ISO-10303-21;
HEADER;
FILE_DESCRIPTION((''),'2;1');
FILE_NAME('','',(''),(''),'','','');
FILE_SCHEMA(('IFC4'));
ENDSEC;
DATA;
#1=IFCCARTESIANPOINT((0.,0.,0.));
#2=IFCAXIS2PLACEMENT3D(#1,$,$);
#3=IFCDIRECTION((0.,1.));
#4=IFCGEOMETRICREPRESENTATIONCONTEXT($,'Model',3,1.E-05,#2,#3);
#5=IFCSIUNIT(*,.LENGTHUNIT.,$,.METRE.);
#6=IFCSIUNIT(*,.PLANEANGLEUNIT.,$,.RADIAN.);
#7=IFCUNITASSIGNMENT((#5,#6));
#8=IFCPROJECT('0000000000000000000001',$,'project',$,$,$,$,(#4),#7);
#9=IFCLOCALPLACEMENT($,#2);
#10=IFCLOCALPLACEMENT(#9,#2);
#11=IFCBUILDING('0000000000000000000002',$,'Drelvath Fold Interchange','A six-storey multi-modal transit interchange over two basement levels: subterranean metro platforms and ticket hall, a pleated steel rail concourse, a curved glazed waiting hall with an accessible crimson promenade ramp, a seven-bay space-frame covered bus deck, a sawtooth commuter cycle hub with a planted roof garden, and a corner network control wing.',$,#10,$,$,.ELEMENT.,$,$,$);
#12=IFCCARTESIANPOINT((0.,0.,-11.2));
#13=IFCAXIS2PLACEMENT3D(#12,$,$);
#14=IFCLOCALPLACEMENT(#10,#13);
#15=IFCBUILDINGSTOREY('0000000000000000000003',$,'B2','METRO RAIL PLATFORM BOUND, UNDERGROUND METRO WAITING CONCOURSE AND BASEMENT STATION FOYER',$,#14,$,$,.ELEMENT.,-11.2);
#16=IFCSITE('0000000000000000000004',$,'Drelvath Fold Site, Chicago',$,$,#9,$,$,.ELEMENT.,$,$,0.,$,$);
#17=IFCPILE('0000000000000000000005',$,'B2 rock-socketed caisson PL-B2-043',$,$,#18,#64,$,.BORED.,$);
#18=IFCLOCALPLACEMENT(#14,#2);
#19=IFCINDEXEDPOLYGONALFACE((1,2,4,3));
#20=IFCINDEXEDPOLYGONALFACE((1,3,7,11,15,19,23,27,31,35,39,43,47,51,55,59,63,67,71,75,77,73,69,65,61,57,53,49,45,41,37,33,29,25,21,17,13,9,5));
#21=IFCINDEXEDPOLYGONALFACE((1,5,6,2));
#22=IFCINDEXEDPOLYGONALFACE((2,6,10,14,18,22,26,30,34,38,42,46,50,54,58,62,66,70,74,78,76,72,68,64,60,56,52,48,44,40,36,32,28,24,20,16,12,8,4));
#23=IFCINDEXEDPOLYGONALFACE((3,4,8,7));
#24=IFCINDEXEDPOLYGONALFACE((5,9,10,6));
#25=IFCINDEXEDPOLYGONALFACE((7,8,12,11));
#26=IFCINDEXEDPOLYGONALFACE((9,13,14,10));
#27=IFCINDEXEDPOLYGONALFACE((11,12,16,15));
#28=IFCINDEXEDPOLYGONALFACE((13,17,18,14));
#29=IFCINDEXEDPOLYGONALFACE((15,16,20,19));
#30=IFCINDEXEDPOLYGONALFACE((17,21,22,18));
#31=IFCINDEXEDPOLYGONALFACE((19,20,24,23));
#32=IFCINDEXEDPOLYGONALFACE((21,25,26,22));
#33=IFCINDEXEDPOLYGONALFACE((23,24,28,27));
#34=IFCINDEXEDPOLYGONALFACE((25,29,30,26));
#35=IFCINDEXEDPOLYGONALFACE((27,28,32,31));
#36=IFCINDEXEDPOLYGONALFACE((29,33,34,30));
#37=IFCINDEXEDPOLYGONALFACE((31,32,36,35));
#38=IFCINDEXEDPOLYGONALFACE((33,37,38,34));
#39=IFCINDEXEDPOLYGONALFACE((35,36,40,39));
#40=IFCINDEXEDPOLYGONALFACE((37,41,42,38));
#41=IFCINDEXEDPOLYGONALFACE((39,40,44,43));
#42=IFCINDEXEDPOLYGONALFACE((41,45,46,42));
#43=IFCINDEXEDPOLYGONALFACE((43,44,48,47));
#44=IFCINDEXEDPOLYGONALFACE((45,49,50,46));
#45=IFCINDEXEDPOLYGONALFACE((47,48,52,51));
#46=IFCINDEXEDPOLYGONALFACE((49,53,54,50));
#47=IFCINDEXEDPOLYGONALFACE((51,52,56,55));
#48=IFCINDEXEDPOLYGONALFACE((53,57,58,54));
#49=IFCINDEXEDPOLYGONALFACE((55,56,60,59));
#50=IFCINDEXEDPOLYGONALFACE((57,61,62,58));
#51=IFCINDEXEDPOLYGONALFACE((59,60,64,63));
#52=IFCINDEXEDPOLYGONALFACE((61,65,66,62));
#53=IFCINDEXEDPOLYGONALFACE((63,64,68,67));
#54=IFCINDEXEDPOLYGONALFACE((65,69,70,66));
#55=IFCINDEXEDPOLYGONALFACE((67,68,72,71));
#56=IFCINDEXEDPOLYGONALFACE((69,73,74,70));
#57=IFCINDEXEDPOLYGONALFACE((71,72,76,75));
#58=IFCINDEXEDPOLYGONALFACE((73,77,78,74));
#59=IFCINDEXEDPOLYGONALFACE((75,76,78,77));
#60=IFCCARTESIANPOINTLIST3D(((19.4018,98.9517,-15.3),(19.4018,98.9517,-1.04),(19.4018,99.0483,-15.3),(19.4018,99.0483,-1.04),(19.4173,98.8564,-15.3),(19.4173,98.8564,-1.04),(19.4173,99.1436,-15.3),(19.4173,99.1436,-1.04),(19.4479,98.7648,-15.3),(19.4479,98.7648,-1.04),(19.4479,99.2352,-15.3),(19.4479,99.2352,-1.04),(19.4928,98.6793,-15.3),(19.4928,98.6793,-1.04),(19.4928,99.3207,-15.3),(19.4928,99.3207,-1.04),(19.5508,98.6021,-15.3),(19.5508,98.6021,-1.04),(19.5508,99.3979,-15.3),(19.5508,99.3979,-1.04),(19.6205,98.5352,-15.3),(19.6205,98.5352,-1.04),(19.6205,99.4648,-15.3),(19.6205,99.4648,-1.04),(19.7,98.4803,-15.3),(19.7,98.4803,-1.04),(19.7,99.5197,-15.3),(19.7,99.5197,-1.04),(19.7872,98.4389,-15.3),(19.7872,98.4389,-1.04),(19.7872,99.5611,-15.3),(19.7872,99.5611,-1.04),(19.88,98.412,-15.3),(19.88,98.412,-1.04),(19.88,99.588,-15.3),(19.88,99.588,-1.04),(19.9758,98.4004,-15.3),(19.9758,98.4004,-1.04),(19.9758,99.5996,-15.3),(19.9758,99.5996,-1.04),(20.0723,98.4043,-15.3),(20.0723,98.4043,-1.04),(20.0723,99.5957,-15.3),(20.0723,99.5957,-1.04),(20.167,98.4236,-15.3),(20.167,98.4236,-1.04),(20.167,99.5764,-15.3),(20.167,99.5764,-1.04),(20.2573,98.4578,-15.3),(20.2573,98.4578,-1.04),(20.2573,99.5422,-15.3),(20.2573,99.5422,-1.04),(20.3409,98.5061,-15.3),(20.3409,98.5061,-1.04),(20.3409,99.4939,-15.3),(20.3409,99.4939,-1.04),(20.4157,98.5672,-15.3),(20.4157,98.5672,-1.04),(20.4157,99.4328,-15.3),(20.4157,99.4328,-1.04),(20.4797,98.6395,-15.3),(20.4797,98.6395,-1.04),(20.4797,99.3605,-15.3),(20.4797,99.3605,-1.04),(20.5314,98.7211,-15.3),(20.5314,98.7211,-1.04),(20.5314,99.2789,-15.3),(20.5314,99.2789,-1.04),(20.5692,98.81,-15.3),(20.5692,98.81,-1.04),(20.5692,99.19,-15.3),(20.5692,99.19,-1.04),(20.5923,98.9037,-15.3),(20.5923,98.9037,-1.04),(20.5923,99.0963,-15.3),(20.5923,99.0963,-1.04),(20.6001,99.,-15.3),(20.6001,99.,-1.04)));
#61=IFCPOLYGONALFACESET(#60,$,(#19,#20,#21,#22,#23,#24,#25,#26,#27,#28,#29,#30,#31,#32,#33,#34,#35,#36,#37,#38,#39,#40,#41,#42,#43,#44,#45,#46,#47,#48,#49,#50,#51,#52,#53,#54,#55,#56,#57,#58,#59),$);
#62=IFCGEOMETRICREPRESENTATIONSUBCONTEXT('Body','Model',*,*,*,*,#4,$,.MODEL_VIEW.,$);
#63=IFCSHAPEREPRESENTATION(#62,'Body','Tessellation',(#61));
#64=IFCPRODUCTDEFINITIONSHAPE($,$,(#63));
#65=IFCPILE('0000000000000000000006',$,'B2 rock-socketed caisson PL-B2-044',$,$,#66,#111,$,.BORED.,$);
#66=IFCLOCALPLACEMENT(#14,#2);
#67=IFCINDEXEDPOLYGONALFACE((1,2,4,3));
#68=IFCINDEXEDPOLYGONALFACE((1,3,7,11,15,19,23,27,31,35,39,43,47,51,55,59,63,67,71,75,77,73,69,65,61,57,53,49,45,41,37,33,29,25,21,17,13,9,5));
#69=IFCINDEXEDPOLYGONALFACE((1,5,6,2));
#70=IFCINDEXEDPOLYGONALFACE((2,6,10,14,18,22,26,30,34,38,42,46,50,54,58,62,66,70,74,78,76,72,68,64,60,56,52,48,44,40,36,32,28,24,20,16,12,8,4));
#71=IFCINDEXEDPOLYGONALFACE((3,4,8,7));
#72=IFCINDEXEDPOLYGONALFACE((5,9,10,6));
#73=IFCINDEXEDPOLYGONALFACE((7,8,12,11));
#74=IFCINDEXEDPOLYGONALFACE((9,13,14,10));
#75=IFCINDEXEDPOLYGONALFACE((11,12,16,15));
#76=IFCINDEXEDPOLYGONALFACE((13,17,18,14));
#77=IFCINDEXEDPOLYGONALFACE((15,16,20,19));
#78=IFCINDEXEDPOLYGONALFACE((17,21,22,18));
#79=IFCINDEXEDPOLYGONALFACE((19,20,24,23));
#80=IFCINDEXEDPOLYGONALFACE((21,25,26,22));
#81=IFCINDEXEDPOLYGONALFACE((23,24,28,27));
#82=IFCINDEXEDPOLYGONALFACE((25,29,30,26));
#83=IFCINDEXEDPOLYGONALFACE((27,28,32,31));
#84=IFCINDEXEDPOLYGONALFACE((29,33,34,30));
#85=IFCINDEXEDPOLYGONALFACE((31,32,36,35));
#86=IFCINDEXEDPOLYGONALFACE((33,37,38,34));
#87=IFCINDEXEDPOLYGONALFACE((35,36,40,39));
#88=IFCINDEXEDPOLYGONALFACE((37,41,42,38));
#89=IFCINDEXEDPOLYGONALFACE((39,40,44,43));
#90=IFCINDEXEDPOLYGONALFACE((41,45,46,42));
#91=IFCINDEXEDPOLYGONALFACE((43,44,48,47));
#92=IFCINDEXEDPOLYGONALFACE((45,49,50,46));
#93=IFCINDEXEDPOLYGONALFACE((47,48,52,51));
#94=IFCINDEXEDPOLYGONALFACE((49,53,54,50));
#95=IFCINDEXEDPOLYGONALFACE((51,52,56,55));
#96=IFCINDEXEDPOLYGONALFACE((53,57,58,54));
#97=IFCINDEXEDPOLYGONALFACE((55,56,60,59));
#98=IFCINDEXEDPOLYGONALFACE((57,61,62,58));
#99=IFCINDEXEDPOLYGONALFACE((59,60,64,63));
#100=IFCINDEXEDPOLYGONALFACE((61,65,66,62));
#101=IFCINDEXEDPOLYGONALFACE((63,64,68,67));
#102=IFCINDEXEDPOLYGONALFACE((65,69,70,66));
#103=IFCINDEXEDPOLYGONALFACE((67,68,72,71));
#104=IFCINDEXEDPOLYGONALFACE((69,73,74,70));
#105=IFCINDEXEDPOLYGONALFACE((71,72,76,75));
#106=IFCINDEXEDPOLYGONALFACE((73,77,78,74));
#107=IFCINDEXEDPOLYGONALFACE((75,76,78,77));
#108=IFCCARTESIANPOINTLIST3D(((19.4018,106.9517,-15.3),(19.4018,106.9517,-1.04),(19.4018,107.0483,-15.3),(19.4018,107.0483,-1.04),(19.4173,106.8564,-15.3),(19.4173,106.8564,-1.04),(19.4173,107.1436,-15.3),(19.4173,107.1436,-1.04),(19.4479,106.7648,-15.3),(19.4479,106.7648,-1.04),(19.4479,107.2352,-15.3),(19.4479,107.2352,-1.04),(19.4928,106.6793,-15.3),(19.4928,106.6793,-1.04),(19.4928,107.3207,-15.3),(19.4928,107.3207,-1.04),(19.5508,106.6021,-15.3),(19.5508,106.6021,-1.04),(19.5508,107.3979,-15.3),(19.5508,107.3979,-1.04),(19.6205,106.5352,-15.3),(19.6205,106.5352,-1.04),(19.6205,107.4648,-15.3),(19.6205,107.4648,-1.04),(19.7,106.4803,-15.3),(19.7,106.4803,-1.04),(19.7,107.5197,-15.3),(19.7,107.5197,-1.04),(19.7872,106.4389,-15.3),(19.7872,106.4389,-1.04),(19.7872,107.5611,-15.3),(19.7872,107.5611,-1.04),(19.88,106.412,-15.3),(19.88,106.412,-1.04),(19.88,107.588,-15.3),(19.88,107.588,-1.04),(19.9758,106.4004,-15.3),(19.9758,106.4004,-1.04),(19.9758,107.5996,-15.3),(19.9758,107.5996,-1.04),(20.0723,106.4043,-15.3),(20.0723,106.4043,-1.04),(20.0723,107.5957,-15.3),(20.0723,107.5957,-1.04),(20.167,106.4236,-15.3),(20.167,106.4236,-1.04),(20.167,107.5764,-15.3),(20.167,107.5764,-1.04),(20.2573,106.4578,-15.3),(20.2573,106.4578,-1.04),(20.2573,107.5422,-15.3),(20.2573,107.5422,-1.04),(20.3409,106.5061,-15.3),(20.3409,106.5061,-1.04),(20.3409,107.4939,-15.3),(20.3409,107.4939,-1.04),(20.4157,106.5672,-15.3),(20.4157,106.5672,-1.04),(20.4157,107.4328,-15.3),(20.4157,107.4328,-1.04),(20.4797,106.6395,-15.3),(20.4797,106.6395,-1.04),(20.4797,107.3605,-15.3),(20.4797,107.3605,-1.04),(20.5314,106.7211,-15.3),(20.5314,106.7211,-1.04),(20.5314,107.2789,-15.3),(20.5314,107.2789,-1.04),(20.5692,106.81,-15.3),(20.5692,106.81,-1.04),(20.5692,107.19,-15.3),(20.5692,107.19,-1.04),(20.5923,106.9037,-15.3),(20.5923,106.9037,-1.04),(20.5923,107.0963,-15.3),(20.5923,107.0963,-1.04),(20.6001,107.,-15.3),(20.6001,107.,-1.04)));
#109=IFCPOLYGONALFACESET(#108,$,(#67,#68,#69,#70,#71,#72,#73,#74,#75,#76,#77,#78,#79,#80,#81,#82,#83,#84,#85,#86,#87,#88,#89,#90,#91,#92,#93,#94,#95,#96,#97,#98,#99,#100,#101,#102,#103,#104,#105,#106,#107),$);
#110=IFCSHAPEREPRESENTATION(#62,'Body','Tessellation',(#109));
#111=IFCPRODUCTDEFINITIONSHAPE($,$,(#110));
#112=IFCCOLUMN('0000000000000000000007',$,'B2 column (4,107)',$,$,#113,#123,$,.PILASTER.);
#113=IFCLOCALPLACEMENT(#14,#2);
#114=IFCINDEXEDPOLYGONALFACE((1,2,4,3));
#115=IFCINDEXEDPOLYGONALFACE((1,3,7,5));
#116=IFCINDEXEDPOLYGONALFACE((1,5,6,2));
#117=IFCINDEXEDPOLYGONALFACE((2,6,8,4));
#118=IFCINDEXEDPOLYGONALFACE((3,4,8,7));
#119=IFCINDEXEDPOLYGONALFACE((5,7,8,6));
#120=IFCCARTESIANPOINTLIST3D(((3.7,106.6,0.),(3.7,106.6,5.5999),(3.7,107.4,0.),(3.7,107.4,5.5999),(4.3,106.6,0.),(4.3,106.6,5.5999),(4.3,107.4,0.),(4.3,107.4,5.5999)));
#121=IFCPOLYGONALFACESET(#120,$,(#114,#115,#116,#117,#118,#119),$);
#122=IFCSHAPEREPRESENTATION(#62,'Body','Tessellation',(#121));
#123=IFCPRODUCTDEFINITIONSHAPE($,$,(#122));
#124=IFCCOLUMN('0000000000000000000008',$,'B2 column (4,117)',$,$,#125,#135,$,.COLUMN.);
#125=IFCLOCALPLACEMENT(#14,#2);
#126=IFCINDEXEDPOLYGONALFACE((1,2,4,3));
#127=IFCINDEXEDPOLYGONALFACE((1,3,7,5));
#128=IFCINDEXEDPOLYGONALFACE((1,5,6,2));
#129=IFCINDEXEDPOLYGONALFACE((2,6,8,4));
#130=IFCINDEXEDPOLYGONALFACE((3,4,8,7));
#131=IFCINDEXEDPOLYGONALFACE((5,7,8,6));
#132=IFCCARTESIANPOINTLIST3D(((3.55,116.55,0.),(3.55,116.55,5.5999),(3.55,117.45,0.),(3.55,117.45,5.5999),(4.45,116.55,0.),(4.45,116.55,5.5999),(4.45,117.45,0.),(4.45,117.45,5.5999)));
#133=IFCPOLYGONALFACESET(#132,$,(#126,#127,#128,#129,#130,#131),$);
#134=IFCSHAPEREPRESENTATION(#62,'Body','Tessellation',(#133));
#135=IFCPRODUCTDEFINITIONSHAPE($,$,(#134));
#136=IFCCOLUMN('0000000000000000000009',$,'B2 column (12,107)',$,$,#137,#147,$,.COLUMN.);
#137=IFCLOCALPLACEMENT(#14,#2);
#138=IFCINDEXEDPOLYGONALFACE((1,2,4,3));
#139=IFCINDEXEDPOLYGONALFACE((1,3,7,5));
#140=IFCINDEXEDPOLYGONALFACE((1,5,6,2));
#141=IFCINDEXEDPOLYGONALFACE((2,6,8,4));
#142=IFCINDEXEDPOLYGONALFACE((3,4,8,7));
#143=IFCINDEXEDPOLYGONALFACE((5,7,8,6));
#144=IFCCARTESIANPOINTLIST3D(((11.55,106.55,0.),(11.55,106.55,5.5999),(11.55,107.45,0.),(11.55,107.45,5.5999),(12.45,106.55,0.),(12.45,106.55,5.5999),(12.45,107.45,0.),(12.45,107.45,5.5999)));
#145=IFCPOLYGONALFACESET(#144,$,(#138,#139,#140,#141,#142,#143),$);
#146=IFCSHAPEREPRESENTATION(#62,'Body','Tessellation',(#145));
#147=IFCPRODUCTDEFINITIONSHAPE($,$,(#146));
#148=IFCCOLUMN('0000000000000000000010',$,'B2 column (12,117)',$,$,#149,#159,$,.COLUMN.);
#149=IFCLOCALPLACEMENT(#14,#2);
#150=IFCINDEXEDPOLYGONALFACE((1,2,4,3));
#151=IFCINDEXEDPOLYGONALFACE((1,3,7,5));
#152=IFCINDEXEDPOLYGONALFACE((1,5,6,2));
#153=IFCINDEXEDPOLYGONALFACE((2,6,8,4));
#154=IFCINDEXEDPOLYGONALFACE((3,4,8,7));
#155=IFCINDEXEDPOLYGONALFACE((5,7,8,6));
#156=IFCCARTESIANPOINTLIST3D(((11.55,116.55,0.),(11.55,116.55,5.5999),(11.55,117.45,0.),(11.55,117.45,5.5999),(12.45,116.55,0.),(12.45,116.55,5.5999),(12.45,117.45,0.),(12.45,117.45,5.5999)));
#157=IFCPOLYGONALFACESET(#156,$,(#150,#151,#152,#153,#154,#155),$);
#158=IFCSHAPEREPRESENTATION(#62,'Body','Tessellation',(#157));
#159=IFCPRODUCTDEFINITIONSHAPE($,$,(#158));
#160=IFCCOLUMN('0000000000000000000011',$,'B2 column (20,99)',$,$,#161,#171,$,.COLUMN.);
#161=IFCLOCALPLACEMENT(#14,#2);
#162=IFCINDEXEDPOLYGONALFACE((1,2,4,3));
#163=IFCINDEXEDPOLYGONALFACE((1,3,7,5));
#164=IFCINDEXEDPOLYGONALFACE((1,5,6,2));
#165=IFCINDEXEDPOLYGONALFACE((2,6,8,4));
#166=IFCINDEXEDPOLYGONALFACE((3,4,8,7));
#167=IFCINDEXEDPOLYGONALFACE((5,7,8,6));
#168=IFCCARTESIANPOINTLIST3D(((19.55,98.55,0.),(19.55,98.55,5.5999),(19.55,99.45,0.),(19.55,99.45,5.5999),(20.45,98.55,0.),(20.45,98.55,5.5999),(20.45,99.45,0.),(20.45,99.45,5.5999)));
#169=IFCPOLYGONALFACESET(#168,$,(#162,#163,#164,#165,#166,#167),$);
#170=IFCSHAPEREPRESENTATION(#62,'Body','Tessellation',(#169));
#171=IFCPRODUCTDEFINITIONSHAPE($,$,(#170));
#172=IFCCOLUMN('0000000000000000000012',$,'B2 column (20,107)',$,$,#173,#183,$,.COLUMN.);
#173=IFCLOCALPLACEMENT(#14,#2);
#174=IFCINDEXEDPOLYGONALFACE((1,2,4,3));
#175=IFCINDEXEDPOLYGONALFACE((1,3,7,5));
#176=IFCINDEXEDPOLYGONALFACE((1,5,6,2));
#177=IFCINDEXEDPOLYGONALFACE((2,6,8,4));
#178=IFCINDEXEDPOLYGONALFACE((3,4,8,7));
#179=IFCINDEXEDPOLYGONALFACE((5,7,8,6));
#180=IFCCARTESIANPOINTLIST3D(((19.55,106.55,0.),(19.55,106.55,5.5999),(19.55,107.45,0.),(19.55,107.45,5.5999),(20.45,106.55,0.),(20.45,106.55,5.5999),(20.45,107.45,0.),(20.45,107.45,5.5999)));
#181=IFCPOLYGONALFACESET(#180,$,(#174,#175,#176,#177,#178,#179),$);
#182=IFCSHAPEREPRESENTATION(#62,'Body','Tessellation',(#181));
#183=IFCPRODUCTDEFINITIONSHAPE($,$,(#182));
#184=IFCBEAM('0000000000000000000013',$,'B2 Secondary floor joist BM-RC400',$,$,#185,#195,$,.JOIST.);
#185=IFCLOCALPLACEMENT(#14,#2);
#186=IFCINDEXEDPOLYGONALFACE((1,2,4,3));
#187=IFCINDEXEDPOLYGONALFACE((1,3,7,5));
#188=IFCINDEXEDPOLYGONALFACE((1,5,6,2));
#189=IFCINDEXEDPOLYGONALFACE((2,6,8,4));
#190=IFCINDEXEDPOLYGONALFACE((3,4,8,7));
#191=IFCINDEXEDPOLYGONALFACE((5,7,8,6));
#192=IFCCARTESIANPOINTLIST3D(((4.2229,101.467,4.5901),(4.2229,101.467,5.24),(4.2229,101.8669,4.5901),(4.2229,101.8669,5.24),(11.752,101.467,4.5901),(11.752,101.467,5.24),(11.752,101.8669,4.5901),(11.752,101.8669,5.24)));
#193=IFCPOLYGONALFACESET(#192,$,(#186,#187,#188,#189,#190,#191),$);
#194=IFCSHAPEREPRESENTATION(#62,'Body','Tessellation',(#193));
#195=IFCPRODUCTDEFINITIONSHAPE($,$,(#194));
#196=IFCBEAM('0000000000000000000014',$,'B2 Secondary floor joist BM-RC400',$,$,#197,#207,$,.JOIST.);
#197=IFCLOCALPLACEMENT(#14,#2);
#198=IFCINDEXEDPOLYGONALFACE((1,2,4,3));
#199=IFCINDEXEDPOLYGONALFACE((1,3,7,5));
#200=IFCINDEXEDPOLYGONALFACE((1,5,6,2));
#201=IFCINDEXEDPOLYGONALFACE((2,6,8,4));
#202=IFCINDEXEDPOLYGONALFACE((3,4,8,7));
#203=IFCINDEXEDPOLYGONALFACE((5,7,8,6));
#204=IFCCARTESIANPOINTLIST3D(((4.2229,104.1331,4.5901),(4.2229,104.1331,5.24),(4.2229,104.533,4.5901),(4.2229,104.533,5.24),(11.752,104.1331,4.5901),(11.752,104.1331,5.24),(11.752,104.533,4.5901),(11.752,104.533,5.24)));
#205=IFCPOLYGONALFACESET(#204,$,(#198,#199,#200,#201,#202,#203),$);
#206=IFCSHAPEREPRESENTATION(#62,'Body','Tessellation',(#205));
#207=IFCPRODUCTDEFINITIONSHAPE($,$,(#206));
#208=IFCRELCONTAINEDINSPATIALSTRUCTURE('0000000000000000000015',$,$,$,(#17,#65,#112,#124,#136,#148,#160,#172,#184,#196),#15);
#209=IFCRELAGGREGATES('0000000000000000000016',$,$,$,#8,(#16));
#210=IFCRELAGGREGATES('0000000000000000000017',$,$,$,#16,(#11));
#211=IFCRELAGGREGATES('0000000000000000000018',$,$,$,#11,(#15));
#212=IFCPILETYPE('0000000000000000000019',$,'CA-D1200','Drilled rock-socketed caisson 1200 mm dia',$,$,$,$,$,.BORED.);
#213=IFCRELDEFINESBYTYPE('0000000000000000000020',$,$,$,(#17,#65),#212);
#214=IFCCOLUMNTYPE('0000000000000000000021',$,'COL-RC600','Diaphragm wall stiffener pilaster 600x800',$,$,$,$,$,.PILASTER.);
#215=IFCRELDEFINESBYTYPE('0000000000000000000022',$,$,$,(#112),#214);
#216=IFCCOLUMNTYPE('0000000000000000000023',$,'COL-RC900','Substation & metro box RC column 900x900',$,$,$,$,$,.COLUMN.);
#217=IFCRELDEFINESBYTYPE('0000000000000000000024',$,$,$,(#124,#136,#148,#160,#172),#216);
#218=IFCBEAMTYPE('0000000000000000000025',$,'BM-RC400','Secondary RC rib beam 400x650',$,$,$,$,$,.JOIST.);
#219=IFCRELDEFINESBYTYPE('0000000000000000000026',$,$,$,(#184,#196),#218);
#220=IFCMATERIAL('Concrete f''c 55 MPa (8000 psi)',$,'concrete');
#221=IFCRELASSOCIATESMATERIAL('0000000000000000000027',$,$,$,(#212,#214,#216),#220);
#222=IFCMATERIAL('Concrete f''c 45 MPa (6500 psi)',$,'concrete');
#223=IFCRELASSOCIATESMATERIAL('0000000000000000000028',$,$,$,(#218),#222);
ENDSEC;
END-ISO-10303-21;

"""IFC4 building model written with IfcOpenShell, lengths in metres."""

from ifc_helpers import new_model, si_unit, direction, frame, origin, origin_2d, place, context, subcontext, project, spatial, rectangle, circle, extrude, material, material_profile, profile_set, type_object, element, save


model = new_model("IFC4")

# Units and contexts
model_context = context("Model", 3, precision=1e-05, world=origin(), true_north=direction((0.0, 1.0)))
body_context = subcontext(model_context, "Body", "Model", "MODEL_VIEW")
ifc_project = project(units=[si_unit("LENGTHUNIT", "METRE"), si_unit("PLANEANGLEUNIT", "RADIAN")], contexts=[model_context])

# Site, building, storey
site_placement = place(None, origin())
site = spatial("IfcSite", under=ifc_project, at=site_placement, Name="Drelvath Fold Site, Chicago", CompositionType="ELEMENT", RefElevation=0.0)
building_placement = place(site_placement, origin())
building = spatial("IfcBuilding", under=site, at=building_placement, Name="Drelvath Fold Interchange", Description="A six-storey multi-modal transit interchange over two basement levels: subterranean metro platforms and ticket hall, a pleated steel rail concourse, a curved glazed waiting hall with an accessible crimson promenade ramp, a seven-bay space-frame covered bus deck, a sawtooth commuter cycle hub with a planted roof garden, and a corner network control wing.", CompositionType="ELEMENT")
storey_placement = place(building_placement, frame((0.0, 0.0, -11.2)))
storey = spatial("IfcBuildingStorey", under=building, at=storey_placement, Name="B2", Description="METRO RAIL PLATFORM BOUND, UNDERGROUND METRO WAITING CONCOURSE AND BASEMENT STATION FOYER", CompositionType="ELEMENT", Elevation=-11.2)

# Piles
ifc_material_1 = material(Name="Concrete f'c 55 MPa (8000 psi)", Category="concrete")
ifc_material_profile_1 = material_profile(ifc_material_1, circle(Radius=0.6001, at=origin_2d()), Name="CAISSON D1200")
ifc_profile_set_1 = profile_set([ifc_material_profile_1], Name="Concrete f'c 55 MPa (8000 psi)")
pile_type = type_object("IfcPileType", Name="CA-D1200", Description="Drilled rock-socketed caisson 1200 mm dia", PredefinedType="BORED", material=ifc_profile_set_1)
for number, where, z_axis, x_axis, name in (
    (1, (20.0, 99.0, -1.04), (0.0, 0.0, -1.0), (1.0, 0.0, 0.0), "B2 rock-socketed caisson PL-B2-043"),
    (2, (20.0, 107.0, -1.04), (0.0, 0.0, -1.0), (1.0, 0.0, 0.0), "B2 rock-socketed caisson PL-B2-044"),
):
    element("IfcPile", number, at=place(storey_placement, frame(where, z_axis=z_axis, x_axis=x_axis)), inside=storey, type_object=pile_type, Name=name, PredefinedType="BORED", context=body_context, shape_type="SweptSolid", body=[
        extrude(circle(Radius=0.6001, at=origin_2d()), origin(), (0.0, 0.0, 1.0), 14.26),
    ])

# Columns
ifc_material_profile_2 = material_profile(ifc_material_1, rectangle(XDim=0.6001, YDim=0.8, at=origin_2d()), Name="RC 600x800")
ifc_profile_set_2 = profile_set([ifc_material_profile_2], Name="Concrete f'c 55 MPa (8000 psi)")
column_type_1 = type_object("IfcColumnType", Name="COL-RC600", Description="Diaphragm wall stiffener pilaster 600x800", PredefinedType="PILASTER", material=ifc_profile_set_2)
column_placement = place(storey_placement, frame((4.0, 107.0, 0.0), z_axis=(0.0, 0.0, 1.0), x_axis=(1.0, 0.0, 0.0)))
element("IfcColumn", 3, at=column_placement, inside=storey, type_object=column_type_1, Name="B2 column (4,107)", PredefinedType="PILASTER", context=body_context, shape_type="SweptSolid", body=[
    extrude(rectangle(XDim=0.6001, YDim=0.8, at=origin_2d()), origin(), (0.0, 0.0, 1.0), 5.5999),
])
ifc_material_profile_3 = material_profile(ifc_material_1, rectangle(XDim=0.8999, YDim=0.8999, at=origin_2d()), Name="RC 900x900")
ifc_profile_set_3 = profile_set([ifc_material_profile_3], Name="Concrete f'c 55 MPa (8000 psi)")
column_type_2 = type_object("IfcColumnType", Name="COL-RC900", Description="Substation & metro box RC column 900x900", PredefinedType="COLUMN", material=ifc_profile_set_3)
for number, where, z_axis, x_axis, name in (
    (4, (4.0, 117.0, 0.0), (0.0, 0.0, 1.0), (1.0, 0.0, 0.0), "B2 column (4,117)"),
    (5, (12.0, 107.0, 0.0), (0.0, 0.0, 1.0), (1.0, 0.0, 0.0), "B2 column (12,107)"),
    (6, (12.0, 117.0, 0.0), (0.0, 0.0, 1.0), (1.0, 0.0, 0.0), "B2 column (12,117)"),
    (7, (20.0, 99.0, 0.0), (0.0, 0.0, 1.0), (1.0, 0.0, 0.0), "B2 column (20,99)"),
    (8, (20.0, 107.0, 0.0), (0.0, 0.0, 1.0), (1.0, 0.0, 0.0), "B2 column (20,107)"),
):
    element("IfcColumn", number, at=place(storey_placement, frame(where, z_axis=z_axis, x_axis=x_axis)), inside=storey, type_object=column_type_2, Name=name, PredefinedType="COLUMN", context=body_context, shape_type="SweptSolid", body=[
        extrude(rectangle(XDim=0.8999, YDim=0.8999, at=origin_2d()), origin(), (0.0, 0.0, 1.0), 5.5999),
    ])

# Beams
ifc_material_2 = material(Name="Concrete f'c 45 MPa (6500 psi)", Category="concrete")
ifc_material_profile_4 = material_profile(ifc_material_2, rectangle(XDim=0.3999, YDim=0.6499, at=origin_2d()), Name="RC 400x650")
ifc_profile_set_4 = profile_set([ifc_material_profile_4], Name="Concrete f'c 45 MPa (6500 psi)")
beam_type_1 = type_object("IfcBeamType", Name="BM-RC400", Description="Secondary RC rib beam 400x650", PredefinedType="JOIST", material=ifc_profile_set_4)
for number, where, z_axis, x_axis, name in (
    (9, (4.2229, 101.667, 4.915), (1.0, 0.0, 0.0), (0.0, 1.0, 0.0), "B2 Secondary floor joist BM-RC400"),
    (10, (4.2229, 104.333, 4.915), (1.0, 0.0, 0.0), (0.0, 1.0, 0.0), "B2 Secondary floor joist BM-RC400"),
):
    element("IfcBeam", number, at=place(storey_placement, frame(where, z_axis=z_axis, x_axis=x_axis)), inside=storey, type_object=beam_type_1, Name=name, PredefinedType="JOIST", context=body_context, shape_type="SweptSolid", body=[
        extrude(rectangle(XDim=0.3999, YDim=0.6499, at=origin_2d()), origin(), (0.0, 0.0, 1.0), 7.5291),
    ])

save(model, "model.ifc")
